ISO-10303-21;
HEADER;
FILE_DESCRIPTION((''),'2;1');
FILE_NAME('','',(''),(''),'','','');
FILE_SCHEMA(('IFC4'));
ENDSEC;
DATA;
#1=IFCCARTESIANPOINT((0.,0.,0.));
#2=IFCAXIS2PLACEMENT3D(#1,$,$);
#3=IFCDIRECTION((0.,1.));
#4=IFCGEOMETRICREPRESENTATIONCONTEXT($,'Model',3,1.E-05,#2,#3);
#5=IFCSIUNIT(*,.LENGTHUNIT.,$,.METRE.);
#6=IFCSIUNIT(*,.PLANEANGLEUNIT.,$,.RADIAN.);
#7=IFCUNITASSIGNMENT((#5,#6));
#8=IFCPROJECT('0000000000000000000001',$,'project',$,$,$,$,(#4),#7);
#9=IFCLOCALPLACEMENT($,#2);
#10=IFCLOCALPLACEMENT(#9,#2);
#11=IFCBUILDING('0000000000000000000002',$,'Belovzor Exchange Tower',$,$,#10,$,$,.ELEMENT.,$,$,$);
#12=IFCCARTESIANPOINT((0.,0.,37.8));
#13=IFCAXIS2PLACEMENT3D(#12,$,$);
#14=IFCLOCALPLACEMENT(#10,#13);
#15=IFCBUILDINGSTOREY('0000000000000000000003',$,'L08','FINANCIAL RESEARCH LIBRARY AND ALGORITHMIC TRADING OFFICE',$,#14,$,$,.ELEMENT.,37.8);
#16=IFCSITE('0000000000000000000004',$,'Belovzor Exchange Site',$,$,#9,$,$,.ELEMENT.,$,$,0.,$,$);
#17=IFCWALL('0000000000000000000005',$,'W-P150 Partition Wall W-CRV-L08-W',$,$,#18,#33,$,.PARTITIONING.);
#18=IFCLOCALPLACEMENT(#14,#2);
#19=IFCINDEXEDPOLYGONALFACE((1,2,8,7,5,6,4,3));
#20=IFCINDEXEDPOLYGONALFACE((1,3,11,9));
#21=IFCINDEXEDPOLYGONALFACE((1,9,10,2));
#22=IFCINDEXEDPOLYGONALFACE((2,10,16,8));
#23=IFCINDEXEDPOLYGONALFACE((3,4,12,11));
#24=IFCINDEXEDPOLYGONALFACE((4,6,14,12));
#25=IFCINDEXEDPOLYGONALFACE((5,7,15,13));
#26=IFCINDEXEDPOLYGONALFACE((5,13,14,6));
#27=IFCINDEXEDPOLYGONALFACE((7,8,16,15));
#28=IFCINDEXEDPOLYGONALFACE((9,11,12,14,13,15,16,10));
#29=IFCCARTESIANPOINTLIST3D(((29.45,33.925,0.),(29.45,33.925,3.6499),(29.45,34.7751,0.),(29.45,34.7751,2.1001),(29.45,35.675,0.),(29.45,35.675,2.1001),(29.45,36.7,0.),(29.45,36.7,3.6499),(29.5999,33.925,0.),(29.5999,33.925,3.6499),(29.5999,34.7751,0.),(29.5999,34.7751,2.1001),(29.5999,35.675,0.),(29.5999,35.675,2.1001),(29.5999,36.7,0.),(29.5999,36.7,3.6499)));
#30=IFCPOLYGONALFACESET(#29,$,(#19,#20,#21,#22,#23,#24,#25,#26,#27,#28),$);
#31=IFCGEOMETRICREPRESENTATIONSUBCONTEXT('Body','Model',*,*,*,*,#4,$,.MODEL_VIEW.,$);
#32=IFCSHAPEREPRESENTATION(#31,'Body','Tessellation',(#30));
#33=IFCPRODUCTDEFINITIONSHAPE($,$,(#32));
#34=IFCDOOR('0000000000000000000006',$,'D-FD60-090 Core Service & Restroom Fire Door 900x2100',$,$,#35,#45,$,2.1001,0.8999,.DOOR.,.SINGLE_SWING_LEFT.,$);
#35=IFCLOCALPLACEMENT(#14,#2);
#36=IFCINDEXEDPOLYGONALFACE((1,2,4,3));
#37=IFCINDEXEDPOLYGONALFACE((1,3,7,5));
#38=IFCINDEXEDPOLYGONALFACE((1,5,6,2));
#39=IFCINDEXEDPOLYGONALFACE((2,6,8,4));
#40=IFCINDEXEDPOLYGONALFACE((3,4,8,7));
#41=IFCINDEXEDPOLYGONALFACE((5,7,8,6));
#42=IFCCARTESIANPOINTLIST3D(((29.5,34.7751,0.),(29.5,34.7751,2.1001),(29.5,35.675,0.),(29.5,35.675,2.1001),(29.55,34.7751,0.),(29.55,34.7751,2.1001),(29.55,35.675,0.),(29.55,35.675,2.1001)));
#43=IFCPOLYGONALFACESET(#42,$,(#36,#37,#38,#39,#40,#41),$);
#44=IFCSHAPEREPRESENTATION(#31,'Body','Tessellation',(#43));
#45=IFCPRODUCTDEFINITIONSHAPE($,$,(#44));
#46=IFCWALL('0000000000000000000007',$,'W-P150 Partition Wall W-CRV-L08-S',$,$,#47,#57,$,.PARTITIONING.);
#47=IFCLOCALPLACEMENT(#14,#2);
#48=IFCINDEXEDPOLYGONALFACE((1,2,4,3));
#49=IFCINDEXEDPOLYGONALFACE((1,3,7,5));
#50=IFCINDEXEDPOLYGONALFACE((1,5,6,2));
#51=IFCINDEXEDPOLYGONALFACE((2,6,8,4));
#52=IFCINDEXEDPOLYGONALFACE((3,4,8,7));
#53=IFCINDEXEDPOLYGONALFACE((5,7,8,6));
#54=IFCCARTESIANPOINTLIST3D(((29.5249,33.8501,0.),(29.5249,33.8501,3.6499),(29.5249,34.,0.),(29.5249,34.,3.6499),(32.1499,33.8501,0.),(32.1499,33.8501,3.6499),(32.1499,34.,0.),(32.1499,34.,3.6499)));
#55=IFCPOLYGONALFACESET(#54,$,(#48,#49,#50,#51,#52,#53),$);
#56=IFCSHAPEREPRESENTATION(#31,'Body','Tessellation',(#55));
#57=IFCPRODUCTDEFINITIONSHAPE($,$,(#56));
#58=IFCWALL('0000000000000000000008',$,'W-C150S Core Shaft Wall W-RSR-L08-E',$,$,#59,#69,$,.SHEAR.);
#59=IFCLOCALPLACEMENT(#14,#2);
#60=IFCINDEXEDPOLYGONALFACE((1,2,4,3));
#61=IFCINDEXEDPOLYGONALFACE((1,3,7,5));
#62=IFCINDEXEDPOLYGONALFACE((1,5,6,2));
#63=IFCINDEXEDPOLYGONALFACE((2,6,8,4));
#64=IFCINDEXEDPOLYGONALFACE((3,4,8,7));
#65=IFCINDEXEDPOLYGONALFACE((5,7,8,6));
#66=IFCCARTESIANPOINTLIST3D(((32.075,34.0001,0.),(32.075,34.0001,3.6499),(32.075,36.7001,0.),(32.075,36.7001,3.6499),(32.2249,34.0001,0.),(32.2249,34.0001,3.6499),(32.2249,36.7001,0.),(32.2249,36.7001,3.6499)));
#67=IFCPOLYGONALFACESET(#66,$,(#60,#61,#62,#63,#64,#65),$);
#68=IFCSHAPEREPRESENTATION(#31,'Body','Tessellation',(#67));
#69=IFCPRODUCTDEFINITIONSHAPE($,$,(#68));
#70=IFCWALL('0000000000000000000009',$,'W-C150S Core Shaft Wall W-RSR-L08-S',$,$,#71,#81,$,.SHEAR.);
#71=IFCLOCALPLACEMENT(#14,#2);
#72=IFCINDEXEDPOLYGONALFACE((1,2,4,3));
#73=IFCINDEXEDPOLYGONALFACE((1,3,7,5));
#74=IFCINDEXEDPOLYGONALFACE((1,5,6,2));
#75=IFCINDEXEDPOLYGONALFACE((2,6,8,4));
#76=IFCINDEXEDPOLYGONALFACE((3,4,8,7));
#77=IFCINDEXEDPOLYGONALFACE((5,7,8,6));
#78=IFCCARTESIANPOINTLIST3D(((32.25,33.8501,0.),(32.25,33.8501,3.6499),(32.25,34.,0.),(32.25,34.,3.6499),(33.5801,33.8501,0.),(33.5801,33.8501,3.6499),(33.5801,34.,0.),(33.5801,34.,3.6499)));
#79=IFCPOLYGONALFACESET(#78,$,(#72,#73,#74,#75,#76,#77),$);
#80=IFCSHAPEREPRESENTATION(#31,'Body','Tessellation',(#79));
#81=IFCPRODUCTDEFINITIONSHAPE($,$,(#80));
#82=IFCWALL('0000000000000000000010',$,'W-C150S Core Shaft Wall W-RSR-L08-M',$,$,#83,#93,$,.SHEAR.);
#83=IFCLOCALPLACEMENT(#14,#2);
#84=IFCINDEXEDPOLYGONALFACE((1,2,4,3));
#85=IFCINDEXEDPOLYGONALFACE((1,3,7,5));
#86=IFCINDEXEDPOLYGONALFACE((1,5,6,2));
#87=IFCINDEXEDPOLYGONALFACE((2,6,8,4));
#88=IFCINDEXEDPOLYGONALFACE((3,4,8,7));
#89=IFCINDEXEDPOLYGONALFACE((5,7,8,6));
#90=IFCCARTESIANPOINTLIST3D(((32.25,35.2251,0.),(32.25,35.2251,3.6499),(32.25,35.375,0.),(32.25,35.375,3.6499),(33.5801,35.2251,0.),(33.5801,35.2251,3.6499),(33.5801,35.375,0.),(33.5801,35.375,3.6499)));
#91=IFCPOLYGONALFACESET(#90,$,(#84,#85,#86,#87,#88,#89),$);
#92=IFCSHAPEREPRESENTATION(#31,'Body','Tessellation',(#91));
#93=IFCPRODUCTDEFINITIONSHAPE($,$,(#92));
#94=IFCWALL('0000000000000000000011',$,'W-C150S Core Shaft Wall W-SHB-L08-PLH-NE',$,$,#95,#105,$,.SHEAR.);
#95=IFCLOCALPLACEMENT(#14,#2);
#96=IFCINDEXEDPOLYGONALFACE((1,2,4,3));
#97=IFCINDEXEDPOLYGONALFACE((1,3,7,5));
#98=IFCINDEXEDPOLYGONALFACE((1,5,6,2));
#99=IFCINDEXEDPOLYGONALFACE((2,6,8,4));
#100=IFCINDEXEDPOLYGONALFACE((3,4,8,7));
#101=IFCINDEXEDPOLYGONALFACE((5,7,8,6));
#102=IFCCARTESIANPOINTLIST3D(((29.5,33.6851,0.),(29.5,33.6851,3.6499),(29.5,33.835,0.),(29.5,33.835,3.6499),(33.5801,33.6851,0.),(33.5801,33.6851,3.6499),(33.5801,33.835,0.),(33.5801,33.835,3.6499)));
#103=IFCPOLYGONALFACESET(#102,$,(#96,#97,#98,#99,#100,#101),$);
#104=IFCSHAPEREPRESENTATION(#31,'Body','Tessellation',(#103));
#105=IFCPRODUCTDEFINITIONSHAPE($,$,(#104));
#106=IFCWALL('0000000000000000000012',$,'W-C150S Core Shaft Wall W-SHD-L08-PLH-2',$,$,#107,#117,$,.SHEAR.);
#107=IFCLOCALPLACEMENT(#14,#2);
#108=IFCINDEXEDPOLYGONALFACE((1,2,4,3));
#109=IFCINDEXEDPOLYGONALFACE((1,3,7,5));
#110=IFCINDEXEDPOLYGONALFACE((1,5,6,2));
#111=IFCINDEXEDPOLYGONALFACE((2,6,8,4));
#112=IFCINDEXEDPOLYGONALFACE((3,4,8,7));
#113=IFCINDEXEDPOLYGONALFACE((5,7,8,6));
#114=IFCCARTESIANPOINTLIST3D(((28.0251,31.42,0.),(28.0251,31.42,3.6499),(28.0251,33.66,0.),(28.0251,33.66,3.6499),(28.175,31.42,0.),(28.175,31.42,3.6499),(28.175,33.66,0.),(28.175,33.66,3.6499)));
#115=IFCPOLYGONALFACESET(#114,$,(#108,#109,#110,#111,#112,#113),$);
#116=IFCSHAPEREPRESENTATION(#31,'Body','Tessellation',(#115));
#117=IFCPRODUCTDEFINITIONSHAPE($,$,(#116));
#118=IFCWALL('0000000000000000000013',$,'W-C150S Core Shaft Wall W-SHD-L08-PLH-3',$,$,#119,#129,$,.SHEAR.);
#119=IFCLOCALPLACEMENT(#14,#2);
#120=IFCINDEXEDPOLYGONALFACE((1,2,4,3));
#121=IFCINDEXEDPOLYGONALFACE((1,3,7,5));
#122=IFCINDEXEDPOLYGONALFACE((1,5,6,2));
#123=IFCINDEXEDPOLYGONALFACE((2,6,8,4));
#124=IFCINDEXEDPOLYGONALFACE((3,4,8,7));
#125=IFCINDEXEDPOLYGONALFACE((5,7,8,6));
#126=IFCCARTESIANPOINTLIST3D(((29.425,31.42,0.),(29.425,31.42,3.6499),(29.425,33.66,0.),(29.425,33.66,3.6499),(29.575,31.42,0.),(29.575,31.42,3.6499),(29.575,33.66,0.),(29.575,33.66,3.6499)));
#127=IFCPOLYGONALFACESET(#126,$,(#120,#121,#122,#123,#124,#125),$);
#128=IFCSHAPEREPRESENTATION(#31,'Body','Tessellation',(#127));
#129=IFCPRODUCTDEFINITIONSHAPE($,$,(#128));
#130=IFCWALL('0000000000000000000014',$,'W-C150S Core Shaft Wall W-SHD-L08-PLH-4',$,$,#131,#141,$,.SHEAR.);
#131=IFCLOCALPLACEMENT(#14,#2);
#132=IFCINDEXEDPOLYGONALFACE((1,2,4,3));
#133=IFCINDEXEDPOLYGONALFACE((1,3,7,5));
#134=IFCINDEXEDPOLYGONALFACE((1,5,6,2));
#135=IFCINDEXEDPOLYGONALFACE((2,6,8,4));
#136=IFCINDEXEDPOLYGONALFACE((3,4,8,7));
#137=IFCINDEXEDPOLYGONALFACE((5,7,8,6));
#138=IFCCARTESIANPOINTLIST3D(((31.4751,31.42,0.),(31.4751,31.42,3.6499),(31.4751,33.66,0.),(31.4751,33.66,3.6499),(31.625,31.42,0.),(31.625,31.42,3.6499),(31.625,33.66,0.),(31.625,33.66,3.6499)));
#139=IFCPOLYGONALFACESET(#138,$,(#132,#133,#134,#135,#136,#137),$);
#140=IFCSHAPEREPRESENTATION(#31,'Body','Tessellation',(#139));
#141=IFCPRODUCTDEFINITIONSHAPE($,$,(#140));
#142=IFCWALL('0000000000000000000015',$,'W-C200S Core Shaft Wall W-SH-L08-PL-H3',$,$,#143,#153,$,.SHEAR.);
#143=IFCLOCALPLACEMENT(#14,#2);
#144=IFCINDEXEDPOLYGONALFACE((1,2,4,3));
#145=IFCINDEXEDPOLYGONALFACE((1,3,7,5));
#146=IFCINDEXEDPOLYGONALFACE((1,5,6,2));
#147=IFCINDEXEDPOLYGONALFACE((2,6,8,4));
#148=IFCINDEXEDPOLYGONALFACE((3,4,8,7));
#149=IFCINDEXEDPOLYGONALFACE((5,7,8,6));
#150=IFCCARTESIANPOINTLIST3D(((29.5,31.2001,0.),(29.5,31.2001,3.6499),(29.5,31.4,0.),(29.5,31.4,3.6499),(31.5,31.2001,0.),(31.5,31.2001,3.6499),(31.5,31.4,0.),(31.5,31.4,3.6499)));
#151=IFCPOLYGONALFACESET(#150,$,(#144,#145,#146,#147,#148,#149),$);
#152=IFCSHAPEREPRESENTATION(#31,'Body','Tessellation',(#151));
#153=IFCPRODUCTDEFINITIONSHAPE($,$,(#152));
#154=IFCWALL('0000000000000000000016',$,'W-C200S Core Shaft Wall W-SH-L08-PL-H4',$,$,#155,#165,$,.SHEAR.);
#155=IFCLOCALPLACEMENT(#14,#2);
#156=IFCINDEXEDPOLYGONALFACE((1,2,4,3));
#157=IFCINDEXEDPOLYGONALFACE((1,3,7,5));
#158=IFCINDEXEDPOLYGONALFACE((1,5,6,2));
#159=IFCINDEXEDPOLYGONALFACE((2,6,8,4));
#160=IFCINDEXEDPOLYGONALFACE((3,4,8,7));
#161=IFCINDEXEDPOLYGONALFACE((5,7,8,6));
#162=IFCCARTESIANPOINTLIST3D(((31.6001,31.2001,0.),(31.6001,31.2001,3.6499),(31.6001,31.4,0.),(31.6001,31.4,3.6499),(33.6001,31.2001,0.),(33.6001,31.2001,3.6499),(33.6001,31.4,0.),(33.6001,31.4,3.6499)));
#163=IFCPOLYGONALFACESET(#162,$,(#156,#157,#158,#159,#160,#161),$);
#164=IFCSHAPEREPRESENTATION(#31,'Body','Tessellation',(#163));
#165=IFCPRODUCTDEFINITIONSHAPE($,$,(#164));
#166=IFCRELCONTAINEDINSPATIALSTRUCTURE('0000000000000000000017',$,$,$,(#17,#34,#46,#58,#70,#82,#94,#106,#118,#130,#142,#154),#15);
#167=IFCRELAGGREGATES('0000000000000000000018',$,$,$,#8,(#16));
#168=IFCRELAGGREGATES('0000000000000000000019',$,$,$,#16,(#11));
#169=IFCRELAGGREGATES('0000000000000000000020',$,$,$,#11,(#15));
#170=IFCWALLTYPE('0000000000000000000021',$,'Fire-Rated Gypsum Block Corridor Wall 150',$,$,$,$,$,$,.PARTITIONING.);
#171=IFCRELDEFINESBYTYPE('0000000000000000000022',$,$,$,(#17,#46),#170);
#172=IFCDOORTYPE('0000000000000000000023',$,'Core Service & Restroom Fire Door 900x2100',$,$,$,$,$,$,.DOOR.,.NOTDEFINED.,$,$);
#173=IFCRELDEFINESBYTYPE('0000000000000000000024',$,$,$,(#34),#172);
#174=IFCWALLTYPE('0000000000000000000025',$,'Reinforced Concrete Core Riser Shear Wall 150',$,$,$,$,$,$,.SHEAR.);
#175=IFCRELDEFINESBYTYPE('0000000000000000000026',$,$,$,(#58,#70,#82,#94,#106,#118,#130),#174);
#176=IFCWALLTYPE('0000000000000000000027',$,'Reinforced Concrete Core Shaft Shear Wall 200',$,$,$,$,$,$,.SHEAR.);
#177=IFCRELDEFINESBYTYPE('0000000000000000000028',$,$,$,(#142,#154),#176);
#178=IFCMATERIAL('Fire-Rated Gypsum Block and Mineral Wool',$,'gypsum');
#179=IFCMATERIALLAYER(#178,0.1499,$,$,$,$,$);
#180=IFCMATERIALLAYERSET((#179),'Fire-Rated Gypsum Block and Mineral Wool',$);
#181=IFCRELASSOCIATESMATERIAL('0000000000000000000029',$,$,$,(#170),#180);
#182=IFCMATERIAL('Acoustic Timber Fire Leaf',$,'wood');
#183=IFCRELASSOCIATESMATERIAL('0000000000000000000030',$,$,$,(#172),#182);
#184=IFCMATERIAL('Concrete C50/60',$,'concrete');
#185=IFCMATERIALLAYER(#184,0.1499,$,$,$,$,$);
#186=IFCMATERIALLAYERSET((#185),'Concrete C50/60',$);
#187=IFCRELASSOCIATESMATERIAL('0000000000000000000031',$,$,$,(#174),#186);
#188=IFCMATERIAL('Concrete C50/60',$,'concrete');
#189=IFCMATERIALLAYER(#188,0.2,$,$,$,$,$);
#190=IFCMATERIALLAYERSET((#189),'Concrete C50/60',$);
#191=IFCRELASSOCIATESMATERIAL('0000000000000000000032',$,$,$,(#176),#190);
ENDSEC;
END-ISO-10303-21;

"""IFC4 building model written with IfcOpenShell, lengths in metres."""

from ifc_helpers import new_model, si_unit, direction, frame, frame_2d, origin, place, context, subcontext, project, spatial, rectangle, extrude, material, layer, layer_set, type_object, element, fill, save


model = new_model("IFC4")

# Units and contexts
model_context = context("Model", 3, precision=1e-05, world=origin(), true_north=direction((0.0, 1.0)))
body_context = subcontext(model_context, "Body", "Model", "MODEL_VIEW")
ifc_project = project(units=[si_unit("LENGTHUNIT", "METRE"), si_unit("PLANEANGLEUNIT", "RADIAN")], contexts=[model_context])

# Site, building, storey
site_placement = place(None, origin())
site = spatial("IfcSite", under=ifc_project, at=site_placement, Name="Belovzor Exchange Site", CompositionType="ELEMENT", RefElevation=0.0)
building_placement = place(site_placement, origin())
building = spatial("IfcBuilding", under=site, at=building_placement, Name="Belovzor Exchange Tower", CompositionType="ELEMENT")
storey_placement = place(building_placement, frame((0.0, 0.0, 37.8)))
storey = spatial("IfcBuildingStorey", under=building, at=storey_placement, Name="L08", Description="FINANCIAL RESEARCH LIBRARY AND ALGORITHMIC TRADING OFFICE", CompositionType="ELEMENT", Elevation=37.8)

# Wall, opening, door
ifc_material_1 = material(Name="Fire-Rated Gypsum Block and Mineral Wool", Category="gypsum")
ifc_layer_1 = layer(ifc_material_1, 0.1499)
ifc_layer_set_1 = layer_set([ifc_layer_1], Name="Fire-Rated Gypsum Block and Mineral Wool")
wall_type_1 = type_object("IfcWallType", Name="Fire-Rated Gypsum Block Corridor Wall 150", PredefinedType="PARTITIONING", material=ifc_layer_set_1)
wall_1_placement = place(storey_placement, frame((29.5249, 33.925, 0.0), z_axis=(0.0, 0.0, 1.0), x_axis=(0.0, 1.0, 0.0)))
wall_1 = element("IfcWall", 1, at=wall_1_placement, inside=storey, type_object=wall_type_1, Name="W-P150 Partition Wall W-CRV-L08-W", PredefinedType="PARTITIONING", context=body_context, shape_type="SweptSolid", body=[
    extrude(rectangle(XDim=2.7749, YDim=0.1499, at=frame_2d((1.3875, 0.0))), origin(), (0.0, 0.0, 1.0), 3.6499),
])
opening_placement = place(wall_1_placement, frame((0.8501, 0.0, 0.0)))
opening = element("IfcOpeningElement", 2, at=opening_placement, cuts=wall_1, PredefinedType="OPENING", context=body_context, shape_type="SweptSolid", body=[
    extrude(rectangle(XDim=0.8999, YDim=2.1001, at=frame_2d((0.45, 1.05))), frame((0.0, 0.085, 0.0), z_axis=(0.0, -1.0, 0.0), x_axis=(1.0, 0.0, 0.0)), (0.0, 0.0, 1.0), 0.1699),
])
ifc_material_2 = material(Name="Acoustic Timber Fire Leaf", Category="wood")
door_type = type_object("IfcDoorType", Name="Core Service & Restroom Fire Door 900x2100", OperationType="NOTDEFINED", PredefinedType="DOOR", material=ifc_material_2)
door_placement = place(opening_placement, origin())
door = element("IfcDoor", 3, at=door_placement, inside=storey, type_object=door_type, Name="D-FD60-090 Core Service & Restroom Fire Door 900x2100", OperationType="SINGLE_SWING_LEFT", OverallHeight=2.1001, OverallWidth=0.8999, PredefinedType="DOOR", context=body_context, shape_type="SweptSolid", body=[
    extrude(rectangle(XDim=0.8999, YDim=2.1001, at=frame_2d((0.45, 1.05))), frame((0.0, 0.0249, 0.0), z_axis=(0.0, -1.0, 0.0), x_axis=(1.0, 0.0, 0.0)), (0.0, 0.0, 1.0), 0.05),
])
fill(opening, door)

# Walls
wall_2_placement = place(storey_placement, frame((29.5249, 33.925, 0.0), z_axis=(0.0, 0.0, 1.0), x_axis=(1.0, 0.0, 0.0)))
element("IfcWall", 4, at=wall_2_placement, inside=storey, type_object=wall_type_1, Name="W-P150 Partition Wall W-CRV-L08-S", PredefinedType="PARTITIONING", context=body_context, shape_type="SweptSolid", body=[
    extrude(rectangle(XDim=2.625, YDim=0.1499, at=frame_2d((1.3125, 0.0))), origin(), (0.0, 0.0, 1.0), 3.6499),
])
ifc_material_3 = material(Name="Concrete C50/60", Category="concrete")
ifc_layer_2 = layer(ifc_material_3, 0.1499)
ifc_layer_set_2 = layer_set([ifc_layer_2], Name="Concrete C50/60")
wall_type_2 = type_object("IfcWallType", Name="Reinforced Concrete Core Riser Shear Wall 150", PredefinedType="SHEAR", material=ifc_layer_set_2)
wall_3_placement = place(storey_placement, frame((32.1499, 34.0, 0.0), z_axis=(0.0, 0.0, 1.0), x_axis=(0.0, 1.0, 0.0)))
element("IfcWall", 5, at=wall_3_placement, inside=storey, type_object=wall_type_2, Name="W-C150S Core Shaft Wall W-RSR-L08-E", PredefinedType="SHEAR", context=body_context, shape_type="SweptSolid", body=[
    extrude(rectangle(XDim=2.7, YDim=0.1499, at=frame_2d((1.3501, 0.0))), origin(), (0.0, 0.0, 1.0), 3.6499),
])
for number, where, z_axis, x_axis, name in (
    (6, (32.25, 33.925, 0.0), (0.0, 0.0, 1.0), (1.0, 0.0, 0.0), "W-C150S Core Shaft Wall W-RSR-L08-S"),
    (7, (32.25, 35.3, 0.0), (0.0, 0.0, 1.0), (1.0, 0.0, 0.0), "W-C150S Core Shaft Wall W-RSR-L08-M"),
):
    element("IfcWall", number, at=place(storey_placement, frame(where, z_axis=z_axis, x_axis=x_axis)), inside=storey, type_object=wall_type_2, Name=name, PredefinedType="SHEAR", context=body_context, shape_type="SweptSolid", body=[
        extrude(rectangle(XDim=1.3301, YDim=0.1499, at=frame_2d((0.665, 0.0))), origin(), (0.0, 0.0, 1.0), 3.6499),
    ])
wall_4_placement = place(storey_placement, frame((29.5, 33.76, 0.0), z_axis=(0.0, 0.0, 1.0), x_axis=(1.0, 0.0, 0.0)))
element("IfcWall", 8, at=wall_4_placement, inside=storey, type_object=wall_type_2, Name="W-C150S Core Shaft Wall W-SHB-L08-PLH-NE", PredefinedType="SHEAR", context=body_context, shape_type="SweptSolid", body=[
    extrude(rectangle(XDim=4.0801, YDim=0.1499, at=frame_2d((2.04, 0.0))), origin(), (0.0, 0.0, 1.0), 3.6499),
])
for number, where, z_axis, x_axis, name in (
    (9, (28.1001, 31.4199, 0.0), (0.0, 0.0, 1.0), (0.0, 1.0, 0.0), "W-C150S Core Shaft Wall W-SHD-L08-PLH-2"),
    (10, (29.5, 31.4199, 0.0), (0.0, 0.0, 1.0), (0.0, 1.0, 0.0), "W-C150S Core Shaft Wall W-SHD-L08-PLH-3"),
    (11, (31.55, 31.4199, 0.0), (0.0, 0.0, 1.0), (0.0, 1.0, 0.0), "W-C150S Core Shaft Wall W-SHD-L08-PLH-4"),
):
    element("IfcWall", number, at=place(storey_placement, frame(where, z_axis=z_axis, x_axis=x_axis)), inside=storey, type_object=wall_type_2, Name=name, PredefinedType="SHEAR", context=body_context, shape_type="SweptSolid", body=[
        extrude(rectangle(XDim=2.24, YDim=0.1499, at=frame_2d((1.1201, 0.0))), origin(), (0.0, 0.0, 1.0), 3.6499),
    ])
ifc_material_4 = material(Name="Concrete C50/60", Category="concrete")
ifc_layer_3 = layer(ifc_material_4, 0.2)
ifc_layer_set_3 = layer_set([ifc_layer_3], Name="Concrete C50/60")
wall_type_3 = type_object("IfcWallType", Name="Reinforced Concrete Core Shaft Shear Wall 200", PredefinedType="SHEAR", material=ifc_layer_set_3)
for number, where, z_axis, x_axis, name in (
    (12, (29.5, 31.3, 0.0), (0.0, 0.0, 1.0), (1.0, 0.0, 0.0), "W-C200S Core Shaft Wall W-SH-L08-PL-H3"),
    (13, (31.6001, 31.3, 0.0), (0.0, 0.0, 1.0), (1.0, 0.0, 0.0), "W-C200S Core Shaft Wall W-SH-L08-PL-H4"),
):
    element("IfcWall", number, at=place(storey_placement, frame(where, z_axis=z_axis, x_axis=x_axis)), inside=storey, type_object=wall_type_3, Name=name, PredefinedType="SHEAR", context=body_context, shape_type="SweptSolid", body=[
        extrude(rectangle(XDim=2.0, YDim=0.2, at=frame_2d((1.0, 0.0))), origin(), (0.0, 0.0, 1.0), 3.6499),
    ])

save(model, "model.ifc")
